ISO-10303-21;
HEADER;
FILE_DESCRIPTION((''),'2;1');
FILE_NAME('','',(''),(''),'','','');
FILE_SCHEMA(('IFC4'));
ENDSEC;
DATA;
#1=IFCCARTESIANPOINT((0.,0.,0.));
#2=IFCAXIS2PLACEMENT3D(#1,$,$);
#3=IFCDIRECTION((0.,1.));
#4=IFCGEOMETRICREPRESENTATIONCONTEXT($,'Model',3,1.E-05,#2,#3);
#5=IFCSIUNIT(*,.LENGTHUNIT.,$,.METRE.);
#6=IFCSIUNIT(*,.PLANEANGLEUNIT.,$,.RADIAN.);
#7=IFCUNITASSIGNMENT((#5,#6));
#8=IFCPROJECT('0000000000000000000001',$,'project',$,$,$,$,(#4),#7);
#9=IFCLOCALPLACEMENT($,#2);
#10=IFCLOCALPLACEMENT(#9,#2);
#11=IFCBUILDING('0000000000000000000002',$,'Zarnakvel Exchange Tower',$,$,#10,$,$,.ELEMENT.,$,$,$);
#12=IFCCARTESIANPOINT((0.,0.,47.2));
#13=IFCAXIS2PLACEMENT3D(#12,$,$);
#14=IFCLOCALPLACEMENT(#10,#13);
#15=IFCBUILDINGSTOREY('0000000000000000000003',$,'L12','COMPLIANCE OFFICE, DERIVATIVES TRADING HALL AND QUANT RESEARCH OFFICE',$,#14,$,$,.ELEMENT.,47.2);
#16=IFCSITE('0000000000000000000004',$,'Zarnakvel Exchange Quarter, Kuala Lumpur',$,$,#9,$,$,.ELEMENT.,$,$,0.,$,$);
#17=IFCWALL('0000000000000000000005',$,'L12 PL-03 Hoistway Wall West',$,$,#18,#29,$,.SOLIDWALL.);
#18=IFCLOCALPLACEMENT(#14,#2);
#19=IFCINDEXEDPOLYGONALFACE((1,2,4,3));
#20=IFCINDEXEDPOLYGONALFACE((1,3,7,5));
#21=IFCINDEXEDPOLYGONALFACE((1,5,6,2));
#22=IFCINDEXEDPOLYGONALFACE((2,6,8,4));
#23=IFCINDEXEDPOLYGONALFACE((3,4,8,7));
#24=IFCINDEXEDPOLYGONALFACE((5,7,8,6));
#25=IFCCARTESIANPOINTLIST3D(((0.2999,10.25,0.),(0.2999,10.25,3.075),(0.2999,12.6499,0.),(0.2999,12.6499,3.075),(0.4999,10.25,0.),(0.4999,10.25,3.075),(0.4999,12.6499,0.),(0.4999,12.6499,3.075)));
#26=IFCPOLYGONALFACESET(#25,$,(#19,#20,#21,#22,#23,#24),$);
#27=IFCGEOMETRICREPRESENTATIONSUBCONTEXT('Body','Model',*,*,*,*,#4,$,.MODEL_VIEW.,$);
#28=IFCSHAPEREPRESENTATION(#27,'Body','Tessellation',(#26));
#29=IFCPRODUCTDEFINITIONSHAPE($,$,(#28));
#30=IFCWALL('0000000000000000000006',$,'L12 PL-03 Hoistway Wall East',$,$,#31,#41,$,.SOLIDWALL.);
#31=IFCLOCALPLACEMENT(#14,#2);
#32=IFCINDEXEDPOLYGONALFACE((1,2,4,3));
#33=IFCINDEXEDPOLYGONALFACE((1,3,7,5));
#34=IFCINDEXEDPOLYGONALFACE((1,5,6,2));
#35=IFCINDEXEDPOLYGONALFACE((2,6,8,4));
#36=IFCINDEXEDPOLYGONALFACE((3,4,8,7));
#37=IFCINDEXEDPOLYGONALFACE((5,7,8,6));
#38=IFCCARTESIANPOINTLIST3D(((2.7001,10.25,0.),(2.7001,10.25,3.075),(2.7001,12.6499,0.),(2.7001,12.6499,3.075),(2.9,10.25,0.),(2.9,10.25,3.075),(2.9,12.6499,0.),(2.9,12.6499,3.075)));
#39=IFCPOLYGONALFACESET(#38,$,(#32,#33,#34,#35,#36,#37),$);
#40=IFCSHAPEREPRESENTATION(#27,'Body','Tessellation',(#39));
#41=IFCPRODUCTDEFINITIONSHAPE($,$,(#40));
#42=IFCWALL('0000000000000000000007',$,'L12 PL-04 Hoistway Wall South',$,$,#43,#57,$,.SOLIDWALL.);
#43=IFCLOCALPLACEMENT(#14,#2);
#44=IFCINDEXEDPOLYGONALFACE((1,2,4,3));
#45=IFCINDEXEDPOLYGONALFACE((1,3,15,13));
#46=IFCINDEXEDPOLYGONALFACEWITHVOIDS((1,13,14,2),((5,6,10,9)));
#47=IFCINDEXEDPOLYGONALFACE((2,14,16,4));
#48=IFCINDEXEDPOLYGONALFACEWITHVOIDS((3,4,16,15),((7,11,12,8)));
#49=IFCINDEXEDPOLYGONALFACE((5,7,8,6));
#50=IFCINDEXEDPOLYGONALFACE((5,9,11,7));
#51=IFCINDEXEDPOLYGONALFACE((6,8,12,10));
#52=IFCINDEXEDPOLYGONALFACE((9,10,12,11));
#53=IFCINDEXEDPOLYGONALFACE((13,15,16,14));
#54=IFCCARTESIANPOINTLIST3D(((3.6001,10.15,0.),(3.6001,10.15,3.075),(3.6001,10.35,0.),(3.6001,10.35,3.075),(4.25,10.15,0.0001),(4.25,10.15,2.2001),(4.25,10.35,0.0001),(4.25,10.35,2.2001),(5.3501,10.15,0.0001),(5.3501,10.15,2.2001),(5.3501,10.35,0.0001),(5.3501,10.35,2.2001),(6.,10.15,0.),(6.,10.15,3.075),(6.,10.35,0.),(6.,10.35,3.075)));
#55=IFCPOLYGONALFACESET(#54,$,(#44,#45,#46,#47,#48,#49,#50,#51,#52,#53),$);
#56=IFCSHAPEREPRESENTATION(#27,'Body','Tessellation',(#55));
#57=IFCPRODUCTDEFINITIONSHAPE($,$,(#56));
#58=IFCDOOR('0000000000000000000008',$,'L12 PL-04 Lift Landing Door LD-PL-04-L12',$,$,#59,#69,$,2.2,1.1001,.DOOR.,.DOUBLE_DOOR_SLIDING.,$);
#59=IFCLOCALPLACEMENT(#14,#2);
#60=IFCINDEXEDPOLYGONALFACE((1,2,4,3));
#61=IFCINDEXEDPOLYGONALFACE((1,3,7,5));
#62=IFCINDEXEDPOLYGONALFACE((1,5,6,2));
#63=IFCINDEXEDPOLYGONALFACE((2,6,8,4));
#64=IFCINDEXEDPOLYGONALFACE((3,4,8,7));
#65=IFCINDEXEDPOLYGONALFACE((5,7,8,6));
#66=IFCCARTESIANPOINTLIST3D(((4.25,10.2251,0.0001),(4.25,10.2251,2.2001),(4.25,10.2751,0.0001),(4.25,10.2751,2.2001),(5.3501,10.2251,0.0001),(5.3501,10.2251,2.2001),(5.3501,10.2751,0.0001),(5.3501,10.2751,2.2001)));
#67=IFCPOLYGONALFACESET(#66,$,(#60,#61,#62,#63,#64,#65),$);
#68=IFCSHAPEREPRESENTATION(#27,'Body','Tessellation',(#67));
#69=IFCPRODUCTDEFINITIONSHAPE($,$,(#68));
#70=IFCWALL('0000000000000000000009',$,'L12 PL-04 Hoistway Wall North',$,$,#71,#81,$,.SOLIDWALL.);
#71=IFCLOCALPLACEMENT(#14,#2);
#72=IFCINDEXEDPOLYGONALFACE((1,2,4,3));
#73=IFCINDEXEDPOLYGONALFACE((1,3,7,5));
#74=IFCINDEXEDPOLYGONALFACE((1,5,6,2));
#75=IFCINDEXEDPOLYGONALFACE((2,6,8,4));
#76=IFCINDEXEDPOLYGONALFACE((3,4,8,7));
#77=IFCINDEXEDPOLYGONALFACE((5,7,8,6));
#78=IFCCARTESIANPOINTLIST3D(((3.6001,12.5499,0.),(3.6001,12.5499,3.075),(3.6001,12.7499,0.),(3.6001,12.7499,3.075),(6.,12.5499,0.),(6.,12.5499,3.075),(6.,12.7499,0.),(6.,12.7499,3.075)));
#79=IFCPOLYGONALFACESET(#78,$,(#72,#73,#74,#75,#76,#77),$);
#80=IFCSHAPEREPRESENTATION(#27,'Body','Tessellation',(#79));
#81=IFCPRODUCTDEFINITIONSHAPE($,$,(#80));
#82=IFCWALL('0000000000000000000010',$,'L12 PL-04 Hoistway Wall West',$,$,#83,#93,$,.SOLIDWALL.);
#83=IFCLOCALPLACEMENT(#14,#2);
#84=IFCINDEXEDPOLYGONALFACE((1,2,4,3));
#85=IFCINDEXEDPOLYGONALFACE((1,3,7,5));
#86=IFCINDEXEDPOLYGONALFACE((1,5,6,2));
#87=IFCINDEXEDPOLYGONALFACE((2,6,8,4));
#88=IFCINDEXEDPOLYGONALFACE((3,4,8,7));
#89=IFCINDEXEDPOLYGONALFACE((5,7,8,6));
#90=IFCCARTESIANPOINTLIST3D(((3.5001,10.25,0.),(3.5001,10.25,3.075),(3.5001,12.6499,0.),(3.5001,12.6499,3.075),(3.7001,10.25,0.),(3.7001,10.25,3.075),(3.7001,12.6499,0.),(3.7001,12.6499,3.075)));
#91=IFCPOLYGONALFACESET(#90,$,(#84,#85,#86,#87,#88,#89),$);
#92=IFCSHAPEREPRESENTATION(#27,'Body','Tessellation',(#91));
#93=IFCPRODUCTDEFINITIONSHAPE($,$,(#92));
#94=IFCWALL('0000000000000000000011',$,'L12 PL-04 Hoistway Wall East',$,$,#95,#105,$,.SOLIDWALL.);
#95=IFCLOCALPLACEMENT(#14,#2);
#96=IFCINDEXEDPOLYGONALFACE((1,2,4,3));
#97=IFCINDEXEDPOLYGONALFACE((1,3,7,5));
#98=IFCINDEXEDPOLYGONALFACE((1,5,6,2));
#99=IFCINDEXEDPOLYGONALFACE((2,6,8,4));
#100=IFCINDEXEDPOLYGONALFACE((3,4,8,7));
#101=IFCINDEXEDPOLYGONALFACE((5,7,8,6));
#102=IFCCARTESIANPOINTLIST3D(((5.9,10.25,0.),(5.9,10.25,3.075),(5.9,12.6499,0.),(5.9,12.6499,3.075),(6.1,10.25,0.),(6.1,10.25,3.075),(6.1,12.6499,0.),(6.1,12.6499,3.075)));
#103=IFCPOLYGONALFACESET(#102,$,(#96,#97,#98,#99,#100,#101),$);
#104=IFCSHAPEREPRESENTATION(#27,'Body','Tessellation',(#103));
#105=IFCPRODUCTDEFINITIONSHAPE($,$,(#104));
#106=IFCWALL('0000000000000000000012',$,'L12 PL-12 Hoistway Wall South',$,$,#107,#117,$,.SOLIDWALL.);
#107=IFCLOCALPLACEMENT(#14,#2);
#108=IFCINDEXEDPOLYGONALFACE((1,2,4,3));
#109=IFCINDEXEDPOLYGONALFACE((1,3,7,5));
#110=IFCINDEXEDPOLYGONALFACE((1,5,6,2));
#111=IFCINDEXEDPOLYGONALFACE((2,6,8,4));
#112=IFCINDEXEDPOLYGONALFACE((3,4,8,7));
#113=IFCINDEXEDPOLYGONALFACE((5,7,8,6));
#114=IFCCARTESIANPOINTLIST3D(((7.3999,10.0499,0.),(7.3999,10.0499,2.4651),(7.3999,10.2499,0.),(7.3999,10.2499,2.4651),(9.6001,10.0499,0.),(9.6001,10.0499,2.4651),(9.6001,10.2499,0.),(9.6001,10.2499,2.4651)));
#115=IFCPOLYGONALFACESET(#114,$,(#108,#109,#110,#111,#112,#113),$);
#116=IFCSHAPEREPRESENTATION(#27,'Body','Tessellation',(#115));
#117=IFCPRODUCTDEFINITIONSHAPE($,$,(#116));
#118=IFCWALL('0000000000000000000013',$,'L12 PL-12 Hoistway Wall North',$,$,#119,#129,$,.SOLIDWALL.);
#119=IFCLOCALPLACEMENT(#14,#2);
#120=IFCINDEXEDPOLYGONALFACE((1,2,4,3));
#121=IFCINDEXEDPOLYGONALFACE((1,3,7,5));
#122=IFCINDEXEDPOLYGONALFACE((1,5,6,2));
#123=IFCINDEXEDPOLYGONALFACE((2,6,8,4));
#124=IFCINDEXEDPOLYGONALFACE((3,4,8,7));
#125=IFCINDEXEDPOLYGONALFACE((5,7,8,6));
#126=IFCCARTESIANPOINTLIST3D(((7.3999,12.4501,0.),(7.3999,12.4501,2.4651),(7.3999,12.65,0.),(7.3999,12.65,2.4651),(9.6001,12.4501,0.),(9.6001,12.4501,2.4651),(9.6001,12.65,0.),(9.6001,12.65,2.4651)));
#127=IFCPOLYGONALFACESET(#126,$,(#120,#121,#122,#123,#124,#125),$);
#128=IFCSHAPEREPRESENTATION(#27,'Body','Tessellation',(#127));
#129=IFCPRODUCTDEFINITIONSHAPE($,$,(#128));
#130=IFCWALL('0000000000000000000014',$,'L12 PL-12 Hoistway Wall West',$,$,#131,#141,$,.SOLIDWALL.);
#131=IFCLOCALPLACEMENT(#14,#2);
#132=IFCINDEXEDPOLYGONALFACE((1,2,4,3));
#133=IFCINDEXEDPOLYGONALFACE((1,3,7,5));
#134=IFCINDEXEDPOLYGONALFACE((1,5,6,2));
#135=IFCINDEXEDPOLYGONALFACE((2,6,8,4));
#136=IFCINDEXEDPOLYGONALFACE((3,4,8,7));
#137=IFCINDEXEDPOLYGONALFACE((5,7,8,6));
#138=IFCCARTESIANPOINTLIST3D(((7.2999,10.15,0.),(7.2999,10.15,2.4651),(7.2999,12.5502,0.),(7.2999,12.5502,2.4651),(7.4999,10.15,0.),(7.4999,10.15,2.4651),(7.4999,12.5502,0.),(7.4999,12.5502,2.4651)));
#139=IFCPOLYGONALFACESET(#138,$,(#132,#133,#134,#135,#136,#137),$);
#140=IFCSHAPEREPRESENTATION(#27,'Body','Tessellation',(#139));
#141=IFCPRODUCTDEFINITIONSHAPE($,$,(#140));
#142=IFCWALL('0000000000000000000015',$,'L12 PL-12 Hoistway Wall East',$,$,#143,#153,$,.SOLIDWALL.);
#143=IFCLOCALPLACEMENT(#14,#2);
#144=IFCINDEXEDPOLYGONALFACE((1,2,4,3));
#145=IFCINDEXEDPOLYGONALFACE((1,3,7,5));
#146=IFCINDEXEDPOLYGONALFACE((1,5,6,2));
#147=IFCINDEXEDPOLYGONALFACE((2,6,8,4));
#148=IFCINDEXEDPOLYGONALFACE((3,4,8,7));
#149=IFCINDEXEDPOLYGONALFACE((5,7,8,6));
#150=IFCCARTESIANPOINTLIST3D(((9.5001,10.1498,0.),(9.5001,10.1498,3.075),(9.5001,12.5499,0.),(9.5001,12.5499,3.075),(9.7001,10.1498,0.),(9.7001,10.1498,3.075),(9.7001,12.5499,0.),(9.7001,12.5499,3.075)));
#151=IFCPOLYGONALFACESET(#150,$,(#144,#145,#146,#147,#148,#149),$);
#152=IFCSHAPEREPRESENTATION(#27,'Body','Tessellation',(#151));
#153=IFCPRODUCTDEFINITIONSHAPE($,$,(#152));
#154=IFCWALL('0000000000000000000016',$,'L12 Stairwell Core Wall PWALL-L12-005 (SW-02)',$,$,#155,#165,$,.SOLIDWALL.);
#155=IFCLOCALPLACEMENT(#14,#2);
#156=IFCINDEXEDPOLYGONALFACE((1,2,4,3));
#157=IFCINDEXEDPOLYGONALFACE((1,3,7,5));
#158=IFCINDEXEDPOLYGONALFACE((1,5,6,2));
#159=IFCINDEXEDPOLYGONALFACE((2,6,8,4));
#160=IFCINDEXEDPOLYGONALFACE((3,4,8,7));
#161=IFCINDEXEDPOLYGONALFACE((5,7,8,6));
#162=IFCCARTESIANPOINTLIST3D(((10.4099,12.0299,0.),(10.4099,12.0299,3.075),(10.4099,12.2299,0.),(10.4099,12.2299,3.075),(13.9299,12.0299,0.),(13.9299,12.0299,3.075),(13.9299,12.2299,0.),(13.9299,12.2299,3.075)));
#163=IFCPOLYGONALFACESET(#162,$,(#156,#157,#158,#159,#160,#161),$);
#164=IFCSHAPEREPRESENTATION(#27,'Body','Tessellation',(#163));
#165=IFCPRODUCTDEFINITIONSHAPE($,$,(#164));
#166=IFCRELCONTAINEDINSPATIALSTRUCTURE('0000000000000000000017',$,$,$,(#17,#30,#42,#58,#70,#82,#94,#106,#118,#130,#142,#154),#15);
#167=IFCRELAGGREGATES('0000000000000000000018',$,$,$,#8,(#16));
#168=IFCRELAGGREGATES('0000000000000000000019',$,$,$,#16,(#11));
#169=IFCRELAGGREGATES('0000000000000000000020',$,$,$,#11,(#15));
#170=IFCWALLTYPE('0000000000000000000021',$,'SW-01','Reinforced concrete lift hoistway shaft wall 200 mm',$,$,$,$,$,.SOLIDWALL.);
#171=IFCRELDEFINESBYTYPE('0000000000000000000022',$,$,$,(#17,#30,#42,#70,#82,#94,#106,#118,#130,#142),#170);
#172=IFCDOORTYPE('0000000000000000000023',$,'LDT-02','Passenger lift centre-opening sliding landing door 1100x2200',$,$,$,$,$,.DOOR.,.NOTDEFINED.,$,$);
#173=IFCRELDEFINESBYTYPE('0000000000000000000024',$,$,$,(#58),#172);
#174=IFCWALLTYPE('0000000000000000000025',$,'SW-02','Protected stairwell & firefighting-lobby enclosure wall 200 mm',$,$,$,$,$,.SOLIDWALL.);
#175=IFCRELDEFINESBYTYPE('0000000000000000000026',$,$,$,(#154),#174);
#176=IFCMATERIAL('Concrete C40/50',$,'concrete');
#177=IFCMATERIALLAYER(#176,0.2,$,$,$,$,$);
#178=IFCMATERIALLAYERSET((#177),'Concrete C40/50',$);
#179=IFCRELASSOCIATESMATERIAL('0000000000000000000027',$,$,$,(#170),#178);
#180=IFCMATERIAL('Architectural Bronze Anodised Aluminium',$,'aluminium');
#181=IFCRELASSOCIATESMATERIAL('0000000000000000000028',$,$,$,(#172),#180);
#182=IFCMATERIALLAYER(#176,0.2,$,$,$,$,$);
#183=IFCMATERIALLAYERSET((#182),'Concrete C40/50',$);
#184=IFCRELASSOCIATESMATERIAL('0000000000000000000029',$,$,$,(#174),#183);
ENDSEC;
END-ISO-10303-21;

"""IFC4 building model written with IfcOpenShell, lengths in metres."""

from ifc_helpers import new_model, si_unit, direction, frame, frame_2d, origin, place, context, subcontext, project, spatial, rectangle, extrude, source, transform, mapped, material, layer, layer_set, type_object, element, fill, save


model = new_model("IFC4")

# Units and contexts
model_context = context("Model", 3, precision=1e-05, world=origin(), true_north=direction((0.0, 1.0)))
body_context = subcontext(model_context, "Body", "Model", "MODEL_VIEW")
ifc_project = project(units=[si_unit("LENGTHUNIT", "METRE"), si_unit("PLANEANGLEUNIT", "RADIAN")], contexts=[model_context])

# Site, building, storey
site_placement = place(None, origin())
site = spatial("IfcSite", under=ifc_project, at=site_placement, Name="Zarnakvel Exchange Quarter, Kuala Lumpur", CompositionType="ELEMENT", RefElevation=0.0)
building_placement = place(site_placement, origin())
building = spatial("IfcBuilding", under=site, at=building_placement, Name="Zarnakvel Exchange Tower", CompositionType="ELEMENT")
storey_placement = place(building_placement, frame((0.0, 0.0, 47.2)))
storey = spatial("IfcBuildingStorey", under=building, at=storey_placement, Name="L12", Description="COMPLIANCE OFFICE, DERIVATIVES TRADING HALL AND QUANT RESEARCH OFFICE", CompositionType="ELEMENT", Elevation=47.2)

# Shared definitions
ifc_material_1 = material(Name="Architectural Bronze Anodised Aluminium", Category="aluminium")

# Shared definitions
ifc_material_2 = material(Name="Concrete C40/50", Category="concrete")
ifc_layer_1 = layer(ifc_material_2, 0.2)
ifc_layer_set_1 = layer_set([ifc_layer_1], Name="Concrete C40/50")
wall_type_1 = type_object("IfcWallType", Name="SW-01", Description="Reinforced concrete lift hoistway shaft wall 200 mm", PredefinedType="SOLIDWALL", material=ifc_layer_set_1)
door_type = type_object("IfcDoorType", Name="LDT-02", Description="Passenger lift centre-opening sliding landing door 1100x2200", OperationType="NOTDEFINED", PredefinedType="DOOR", material=ifc_material_1)
shared_shape_1 = source(origin(), body_context, "Body", "SweptSolid", [
    extrude(rectangle(XDim=1.1001, YDim=2.2, at=frame_2d((0.55, 1.1001))), frame((0.0, 0.0249, 0.0), z_axis=(0.0, -1.0, 0.0), x_axis=(1.0, 0.0, 0.0)), (0.0, 0.0, 1.0), 0.05),
])

# Walls
for number, where, z_axis, x_axis, name in (
    (1, (0.3999, 10.25, 0.0), (0.0, 0.0, 1.0), (0.0, 1.0, 0.0), "L12 PL-03 Hoistway Wall West"),
    (2, (2.8, 12.6499, 0.0), (0.0, 0.0, 1.0), (0.0, -1.0, 0.0), "L12 PL-03 Hoistway Wall East"),
):
    element("IfcWall", number, at=place(storey_placement, frame(where, z_axis=z_axis, x_axis=x_axis)), inside=storey, type_object=wall_type_1, Name=name, PredefinedType="SOLIDWALL", context=body_context, shape_type="SweptSolid", body=[
        extrude(rectangle(XDim=2.3999, YDim=0.2, at=frame_2d((1.2, 0.0))), origin(), (0.0, 0.0, 1.0), 3.075),
    ])

# Wall, opening, door
wall_1_placement = place(storey_placement, frame((6.0, 10.25, 0.0), z_axis=(0.0, 0.0, 1.0), x_axis=(-1.0, 0.0, 0.0)))
wall_1 = element("IfcWall", 3, at=wall_1_placement, inside=storey, type_object=wall_type_1, Name="L12 PL-04 Hoistway Wall South", PredefinedType="SOLIDWALL", context=body_context, shape_type="SweptSolid", body=[
    extrude(rectangle(XDim=2.3999, YDim=0.2, at=frame_2d((1.2, 0.0))), origin(), (0.0, 0.0, 1.0), 3.075),
])
opening_1_placement = place(wall_1_placement, frame((0.6499, 0.0, 0.0)))
opening_1 = element("IfcOpeningElement", 4, at=opening_1_placement, cuts=wall_1, PredefinedType="OPENING", context=body_context, shape_type="SweptSolid", body=[
    extrude(rectangle(XDim=1.1001, YDim=2.2, at=frame_2d((0.55, 1.1001))), frame((0.0, 0.1099, 0.0), z_axis=(0.0, -1.0, 0.0), x_axis=(1.0, 0.0, 0.0)), (0.0, 0.0, 1.0), 0.22),
])
door_1_placement = place(opening_1_placement, origin())
door_1 = element("IfcDoor", 5, at=door_1_placement, inside=storey, type_object=door_type, Name="L12 PL-04 Lift Landing Door LD-PL-04-L12", OperationType="DOUBLE_DOOR_SLIDING", OverallHeight=2.2, OverallWidth=1.1001, PredefinedType="DOOR", context=body_context, shape_type="MappedRepresentation", body=[
    mapped(shared_shape_1, transform((0.0, 0.0, 0.0), x_axis=(1.0, 0.0, 0.0), y_axis=(0.0, 1.0, 0.0), z_axis=(0.0, 0.0, 1.0), scale=1.0)),
])
fill(opening_1, door_1)

# Walls
for number, where, z_axis, x_axis, name in (
    (6, (3.6001, 12.6499, 0.0), (0.0, 0.0, 1.0), (1.0, 0.0, 0.0), "L12 PL-04 Hoistway Wall North"),
    (7, (3.6001, 10.25, 0.0), (0.0, 0.0, 1.0), (0.0, 1.0, 0.0), "L12 PL-04 Hoistway Wall West"),
    (8, (6.0, 12.6499, 0.0), (0.0, 0.0, 1.0), (0.0, -1.0, 0.0), "L12 PL-04 Hoistway Wall East"),
):
    element("IfcWall", number, at=place(storey_placement, frame(where, z_axis=z_axis, x_axis=x_axis)), inside=storey, type_object=wall_type_1, Name=name, PredefinedType="SOLIDWALL", context=body_context, shape_type="SweptSolid", body=[
        extrude(rectangle(XDim=2.3999, YDim=0.2, at=frame_2d((1.2, 0.0))), origin(), (0.0, 0.0, 1.0), 3.075),
    ])
for number, where, z_axis, x_axis, name in (
    (9, (9.6001, 10.1499, 0.0), (0.0, 0.0, 1.0), (-1.0, 0.0, 0.0), "L12 PL-12 Hoistway Wall South"),
    (10, (7.3999, 12.55, 0.0), (0.0, 0.0, 1.0), (1.0, 0.0, 0.0), "L12 PL-12 Hoistway Wall North"),
):
    element("IfcWall", number, at=place(storey_placement, frame(where, z_axis=z_axis, x_axis=x_axis)), inside=storey, type_object=wall_type_1, Name=name, PredefinedType="SOLIDWALL", context=body_context, shape_type="SweptSolid", body=[
        extrude(rectangle(XDim=2.2002, YDim=0.2, at=frame_2d((1.1001, 0.0))), origin(), (0.0, 0.0, 1.0), 2.4651),
    ])
wall_2_placement = place(storey_placement, frame((7.3999, 10.1499, 0.0), z_axis=(0.0, 0.0, 1.0), x_axis=(0.0, 1.0, 0.0)))
element("IfcWall", 11, at=wall_2_placement, inside=storey, type_object=wall_type_1, Name="L12 PL-12 Hoistway Wall West", PredefinedType="SOLIDWALL", context=body_context, shape_type="SweptSolid", body=[
    extrude(rectangle(XDim=2.4001, YDim=0.2, at=frame_2d((1.2002, 0.0))), origin(), (0.0, 0.0, 1.0), 2.4651),
])
wall_3_placement = place(storey_placement, frame((9.6001, 12.55, 0.0), z_axis=(0.0, 0.0, 1.0), x_axis=(0.0, -1.0, 0.0)))
element("IfcWall", 12, at=wall_3_placement, inside=storey, type_object=wall_type_1, Name="L12 PL-12 Hoistway Wall East", PredefinedType="SOLIDWALL", context=body_context, shape_type="SweptSolid", body=[
    extrude(rectangle(XDim=2.4001, YDim=0.2, at=frame_2d((1.2002, 0.0))), origin(), (0.0, 0.0, 1.0), 3.075),
])
ifc_layer_2 = layer(ifc_material_2, 0.2)
ifc_layer_set_2 = layer_set([ifc_layer_2], Name="Concrete C40/50")
wall_type_2 = type_object("IfcWallType", Name="SW-02", Description="Protected stairwell & firefighting-lobby enclosure wall 200 mm", PredefinedType="SOLIDWALL", material=ifc_layer_set_2)
wall_4_placement = place(storey_placement, frame((10.4099, 12.1299, 0.0), z_axis=(0.0, 0.0, 1.0), x_axis=(1.0, 0.0, 0.0)))
element("IfcWall", 13, at=wall_4_placement, inside=storey, type_object=wall_type_2, Name="L12 Stairwell Core Wall PWALL-L12-005 (SW-02)", PredefinedType="SOLIDWALL", context=body_context, shape_type="SweptSolid", body=[
    extrude(rectangle(XDim=3.52, YDim=0.2, at=frame_2d((1.76, 0.0))), origin(), (0.0, 0.0, 1.0), 3.075),
])

save(model, "model.ifc")
